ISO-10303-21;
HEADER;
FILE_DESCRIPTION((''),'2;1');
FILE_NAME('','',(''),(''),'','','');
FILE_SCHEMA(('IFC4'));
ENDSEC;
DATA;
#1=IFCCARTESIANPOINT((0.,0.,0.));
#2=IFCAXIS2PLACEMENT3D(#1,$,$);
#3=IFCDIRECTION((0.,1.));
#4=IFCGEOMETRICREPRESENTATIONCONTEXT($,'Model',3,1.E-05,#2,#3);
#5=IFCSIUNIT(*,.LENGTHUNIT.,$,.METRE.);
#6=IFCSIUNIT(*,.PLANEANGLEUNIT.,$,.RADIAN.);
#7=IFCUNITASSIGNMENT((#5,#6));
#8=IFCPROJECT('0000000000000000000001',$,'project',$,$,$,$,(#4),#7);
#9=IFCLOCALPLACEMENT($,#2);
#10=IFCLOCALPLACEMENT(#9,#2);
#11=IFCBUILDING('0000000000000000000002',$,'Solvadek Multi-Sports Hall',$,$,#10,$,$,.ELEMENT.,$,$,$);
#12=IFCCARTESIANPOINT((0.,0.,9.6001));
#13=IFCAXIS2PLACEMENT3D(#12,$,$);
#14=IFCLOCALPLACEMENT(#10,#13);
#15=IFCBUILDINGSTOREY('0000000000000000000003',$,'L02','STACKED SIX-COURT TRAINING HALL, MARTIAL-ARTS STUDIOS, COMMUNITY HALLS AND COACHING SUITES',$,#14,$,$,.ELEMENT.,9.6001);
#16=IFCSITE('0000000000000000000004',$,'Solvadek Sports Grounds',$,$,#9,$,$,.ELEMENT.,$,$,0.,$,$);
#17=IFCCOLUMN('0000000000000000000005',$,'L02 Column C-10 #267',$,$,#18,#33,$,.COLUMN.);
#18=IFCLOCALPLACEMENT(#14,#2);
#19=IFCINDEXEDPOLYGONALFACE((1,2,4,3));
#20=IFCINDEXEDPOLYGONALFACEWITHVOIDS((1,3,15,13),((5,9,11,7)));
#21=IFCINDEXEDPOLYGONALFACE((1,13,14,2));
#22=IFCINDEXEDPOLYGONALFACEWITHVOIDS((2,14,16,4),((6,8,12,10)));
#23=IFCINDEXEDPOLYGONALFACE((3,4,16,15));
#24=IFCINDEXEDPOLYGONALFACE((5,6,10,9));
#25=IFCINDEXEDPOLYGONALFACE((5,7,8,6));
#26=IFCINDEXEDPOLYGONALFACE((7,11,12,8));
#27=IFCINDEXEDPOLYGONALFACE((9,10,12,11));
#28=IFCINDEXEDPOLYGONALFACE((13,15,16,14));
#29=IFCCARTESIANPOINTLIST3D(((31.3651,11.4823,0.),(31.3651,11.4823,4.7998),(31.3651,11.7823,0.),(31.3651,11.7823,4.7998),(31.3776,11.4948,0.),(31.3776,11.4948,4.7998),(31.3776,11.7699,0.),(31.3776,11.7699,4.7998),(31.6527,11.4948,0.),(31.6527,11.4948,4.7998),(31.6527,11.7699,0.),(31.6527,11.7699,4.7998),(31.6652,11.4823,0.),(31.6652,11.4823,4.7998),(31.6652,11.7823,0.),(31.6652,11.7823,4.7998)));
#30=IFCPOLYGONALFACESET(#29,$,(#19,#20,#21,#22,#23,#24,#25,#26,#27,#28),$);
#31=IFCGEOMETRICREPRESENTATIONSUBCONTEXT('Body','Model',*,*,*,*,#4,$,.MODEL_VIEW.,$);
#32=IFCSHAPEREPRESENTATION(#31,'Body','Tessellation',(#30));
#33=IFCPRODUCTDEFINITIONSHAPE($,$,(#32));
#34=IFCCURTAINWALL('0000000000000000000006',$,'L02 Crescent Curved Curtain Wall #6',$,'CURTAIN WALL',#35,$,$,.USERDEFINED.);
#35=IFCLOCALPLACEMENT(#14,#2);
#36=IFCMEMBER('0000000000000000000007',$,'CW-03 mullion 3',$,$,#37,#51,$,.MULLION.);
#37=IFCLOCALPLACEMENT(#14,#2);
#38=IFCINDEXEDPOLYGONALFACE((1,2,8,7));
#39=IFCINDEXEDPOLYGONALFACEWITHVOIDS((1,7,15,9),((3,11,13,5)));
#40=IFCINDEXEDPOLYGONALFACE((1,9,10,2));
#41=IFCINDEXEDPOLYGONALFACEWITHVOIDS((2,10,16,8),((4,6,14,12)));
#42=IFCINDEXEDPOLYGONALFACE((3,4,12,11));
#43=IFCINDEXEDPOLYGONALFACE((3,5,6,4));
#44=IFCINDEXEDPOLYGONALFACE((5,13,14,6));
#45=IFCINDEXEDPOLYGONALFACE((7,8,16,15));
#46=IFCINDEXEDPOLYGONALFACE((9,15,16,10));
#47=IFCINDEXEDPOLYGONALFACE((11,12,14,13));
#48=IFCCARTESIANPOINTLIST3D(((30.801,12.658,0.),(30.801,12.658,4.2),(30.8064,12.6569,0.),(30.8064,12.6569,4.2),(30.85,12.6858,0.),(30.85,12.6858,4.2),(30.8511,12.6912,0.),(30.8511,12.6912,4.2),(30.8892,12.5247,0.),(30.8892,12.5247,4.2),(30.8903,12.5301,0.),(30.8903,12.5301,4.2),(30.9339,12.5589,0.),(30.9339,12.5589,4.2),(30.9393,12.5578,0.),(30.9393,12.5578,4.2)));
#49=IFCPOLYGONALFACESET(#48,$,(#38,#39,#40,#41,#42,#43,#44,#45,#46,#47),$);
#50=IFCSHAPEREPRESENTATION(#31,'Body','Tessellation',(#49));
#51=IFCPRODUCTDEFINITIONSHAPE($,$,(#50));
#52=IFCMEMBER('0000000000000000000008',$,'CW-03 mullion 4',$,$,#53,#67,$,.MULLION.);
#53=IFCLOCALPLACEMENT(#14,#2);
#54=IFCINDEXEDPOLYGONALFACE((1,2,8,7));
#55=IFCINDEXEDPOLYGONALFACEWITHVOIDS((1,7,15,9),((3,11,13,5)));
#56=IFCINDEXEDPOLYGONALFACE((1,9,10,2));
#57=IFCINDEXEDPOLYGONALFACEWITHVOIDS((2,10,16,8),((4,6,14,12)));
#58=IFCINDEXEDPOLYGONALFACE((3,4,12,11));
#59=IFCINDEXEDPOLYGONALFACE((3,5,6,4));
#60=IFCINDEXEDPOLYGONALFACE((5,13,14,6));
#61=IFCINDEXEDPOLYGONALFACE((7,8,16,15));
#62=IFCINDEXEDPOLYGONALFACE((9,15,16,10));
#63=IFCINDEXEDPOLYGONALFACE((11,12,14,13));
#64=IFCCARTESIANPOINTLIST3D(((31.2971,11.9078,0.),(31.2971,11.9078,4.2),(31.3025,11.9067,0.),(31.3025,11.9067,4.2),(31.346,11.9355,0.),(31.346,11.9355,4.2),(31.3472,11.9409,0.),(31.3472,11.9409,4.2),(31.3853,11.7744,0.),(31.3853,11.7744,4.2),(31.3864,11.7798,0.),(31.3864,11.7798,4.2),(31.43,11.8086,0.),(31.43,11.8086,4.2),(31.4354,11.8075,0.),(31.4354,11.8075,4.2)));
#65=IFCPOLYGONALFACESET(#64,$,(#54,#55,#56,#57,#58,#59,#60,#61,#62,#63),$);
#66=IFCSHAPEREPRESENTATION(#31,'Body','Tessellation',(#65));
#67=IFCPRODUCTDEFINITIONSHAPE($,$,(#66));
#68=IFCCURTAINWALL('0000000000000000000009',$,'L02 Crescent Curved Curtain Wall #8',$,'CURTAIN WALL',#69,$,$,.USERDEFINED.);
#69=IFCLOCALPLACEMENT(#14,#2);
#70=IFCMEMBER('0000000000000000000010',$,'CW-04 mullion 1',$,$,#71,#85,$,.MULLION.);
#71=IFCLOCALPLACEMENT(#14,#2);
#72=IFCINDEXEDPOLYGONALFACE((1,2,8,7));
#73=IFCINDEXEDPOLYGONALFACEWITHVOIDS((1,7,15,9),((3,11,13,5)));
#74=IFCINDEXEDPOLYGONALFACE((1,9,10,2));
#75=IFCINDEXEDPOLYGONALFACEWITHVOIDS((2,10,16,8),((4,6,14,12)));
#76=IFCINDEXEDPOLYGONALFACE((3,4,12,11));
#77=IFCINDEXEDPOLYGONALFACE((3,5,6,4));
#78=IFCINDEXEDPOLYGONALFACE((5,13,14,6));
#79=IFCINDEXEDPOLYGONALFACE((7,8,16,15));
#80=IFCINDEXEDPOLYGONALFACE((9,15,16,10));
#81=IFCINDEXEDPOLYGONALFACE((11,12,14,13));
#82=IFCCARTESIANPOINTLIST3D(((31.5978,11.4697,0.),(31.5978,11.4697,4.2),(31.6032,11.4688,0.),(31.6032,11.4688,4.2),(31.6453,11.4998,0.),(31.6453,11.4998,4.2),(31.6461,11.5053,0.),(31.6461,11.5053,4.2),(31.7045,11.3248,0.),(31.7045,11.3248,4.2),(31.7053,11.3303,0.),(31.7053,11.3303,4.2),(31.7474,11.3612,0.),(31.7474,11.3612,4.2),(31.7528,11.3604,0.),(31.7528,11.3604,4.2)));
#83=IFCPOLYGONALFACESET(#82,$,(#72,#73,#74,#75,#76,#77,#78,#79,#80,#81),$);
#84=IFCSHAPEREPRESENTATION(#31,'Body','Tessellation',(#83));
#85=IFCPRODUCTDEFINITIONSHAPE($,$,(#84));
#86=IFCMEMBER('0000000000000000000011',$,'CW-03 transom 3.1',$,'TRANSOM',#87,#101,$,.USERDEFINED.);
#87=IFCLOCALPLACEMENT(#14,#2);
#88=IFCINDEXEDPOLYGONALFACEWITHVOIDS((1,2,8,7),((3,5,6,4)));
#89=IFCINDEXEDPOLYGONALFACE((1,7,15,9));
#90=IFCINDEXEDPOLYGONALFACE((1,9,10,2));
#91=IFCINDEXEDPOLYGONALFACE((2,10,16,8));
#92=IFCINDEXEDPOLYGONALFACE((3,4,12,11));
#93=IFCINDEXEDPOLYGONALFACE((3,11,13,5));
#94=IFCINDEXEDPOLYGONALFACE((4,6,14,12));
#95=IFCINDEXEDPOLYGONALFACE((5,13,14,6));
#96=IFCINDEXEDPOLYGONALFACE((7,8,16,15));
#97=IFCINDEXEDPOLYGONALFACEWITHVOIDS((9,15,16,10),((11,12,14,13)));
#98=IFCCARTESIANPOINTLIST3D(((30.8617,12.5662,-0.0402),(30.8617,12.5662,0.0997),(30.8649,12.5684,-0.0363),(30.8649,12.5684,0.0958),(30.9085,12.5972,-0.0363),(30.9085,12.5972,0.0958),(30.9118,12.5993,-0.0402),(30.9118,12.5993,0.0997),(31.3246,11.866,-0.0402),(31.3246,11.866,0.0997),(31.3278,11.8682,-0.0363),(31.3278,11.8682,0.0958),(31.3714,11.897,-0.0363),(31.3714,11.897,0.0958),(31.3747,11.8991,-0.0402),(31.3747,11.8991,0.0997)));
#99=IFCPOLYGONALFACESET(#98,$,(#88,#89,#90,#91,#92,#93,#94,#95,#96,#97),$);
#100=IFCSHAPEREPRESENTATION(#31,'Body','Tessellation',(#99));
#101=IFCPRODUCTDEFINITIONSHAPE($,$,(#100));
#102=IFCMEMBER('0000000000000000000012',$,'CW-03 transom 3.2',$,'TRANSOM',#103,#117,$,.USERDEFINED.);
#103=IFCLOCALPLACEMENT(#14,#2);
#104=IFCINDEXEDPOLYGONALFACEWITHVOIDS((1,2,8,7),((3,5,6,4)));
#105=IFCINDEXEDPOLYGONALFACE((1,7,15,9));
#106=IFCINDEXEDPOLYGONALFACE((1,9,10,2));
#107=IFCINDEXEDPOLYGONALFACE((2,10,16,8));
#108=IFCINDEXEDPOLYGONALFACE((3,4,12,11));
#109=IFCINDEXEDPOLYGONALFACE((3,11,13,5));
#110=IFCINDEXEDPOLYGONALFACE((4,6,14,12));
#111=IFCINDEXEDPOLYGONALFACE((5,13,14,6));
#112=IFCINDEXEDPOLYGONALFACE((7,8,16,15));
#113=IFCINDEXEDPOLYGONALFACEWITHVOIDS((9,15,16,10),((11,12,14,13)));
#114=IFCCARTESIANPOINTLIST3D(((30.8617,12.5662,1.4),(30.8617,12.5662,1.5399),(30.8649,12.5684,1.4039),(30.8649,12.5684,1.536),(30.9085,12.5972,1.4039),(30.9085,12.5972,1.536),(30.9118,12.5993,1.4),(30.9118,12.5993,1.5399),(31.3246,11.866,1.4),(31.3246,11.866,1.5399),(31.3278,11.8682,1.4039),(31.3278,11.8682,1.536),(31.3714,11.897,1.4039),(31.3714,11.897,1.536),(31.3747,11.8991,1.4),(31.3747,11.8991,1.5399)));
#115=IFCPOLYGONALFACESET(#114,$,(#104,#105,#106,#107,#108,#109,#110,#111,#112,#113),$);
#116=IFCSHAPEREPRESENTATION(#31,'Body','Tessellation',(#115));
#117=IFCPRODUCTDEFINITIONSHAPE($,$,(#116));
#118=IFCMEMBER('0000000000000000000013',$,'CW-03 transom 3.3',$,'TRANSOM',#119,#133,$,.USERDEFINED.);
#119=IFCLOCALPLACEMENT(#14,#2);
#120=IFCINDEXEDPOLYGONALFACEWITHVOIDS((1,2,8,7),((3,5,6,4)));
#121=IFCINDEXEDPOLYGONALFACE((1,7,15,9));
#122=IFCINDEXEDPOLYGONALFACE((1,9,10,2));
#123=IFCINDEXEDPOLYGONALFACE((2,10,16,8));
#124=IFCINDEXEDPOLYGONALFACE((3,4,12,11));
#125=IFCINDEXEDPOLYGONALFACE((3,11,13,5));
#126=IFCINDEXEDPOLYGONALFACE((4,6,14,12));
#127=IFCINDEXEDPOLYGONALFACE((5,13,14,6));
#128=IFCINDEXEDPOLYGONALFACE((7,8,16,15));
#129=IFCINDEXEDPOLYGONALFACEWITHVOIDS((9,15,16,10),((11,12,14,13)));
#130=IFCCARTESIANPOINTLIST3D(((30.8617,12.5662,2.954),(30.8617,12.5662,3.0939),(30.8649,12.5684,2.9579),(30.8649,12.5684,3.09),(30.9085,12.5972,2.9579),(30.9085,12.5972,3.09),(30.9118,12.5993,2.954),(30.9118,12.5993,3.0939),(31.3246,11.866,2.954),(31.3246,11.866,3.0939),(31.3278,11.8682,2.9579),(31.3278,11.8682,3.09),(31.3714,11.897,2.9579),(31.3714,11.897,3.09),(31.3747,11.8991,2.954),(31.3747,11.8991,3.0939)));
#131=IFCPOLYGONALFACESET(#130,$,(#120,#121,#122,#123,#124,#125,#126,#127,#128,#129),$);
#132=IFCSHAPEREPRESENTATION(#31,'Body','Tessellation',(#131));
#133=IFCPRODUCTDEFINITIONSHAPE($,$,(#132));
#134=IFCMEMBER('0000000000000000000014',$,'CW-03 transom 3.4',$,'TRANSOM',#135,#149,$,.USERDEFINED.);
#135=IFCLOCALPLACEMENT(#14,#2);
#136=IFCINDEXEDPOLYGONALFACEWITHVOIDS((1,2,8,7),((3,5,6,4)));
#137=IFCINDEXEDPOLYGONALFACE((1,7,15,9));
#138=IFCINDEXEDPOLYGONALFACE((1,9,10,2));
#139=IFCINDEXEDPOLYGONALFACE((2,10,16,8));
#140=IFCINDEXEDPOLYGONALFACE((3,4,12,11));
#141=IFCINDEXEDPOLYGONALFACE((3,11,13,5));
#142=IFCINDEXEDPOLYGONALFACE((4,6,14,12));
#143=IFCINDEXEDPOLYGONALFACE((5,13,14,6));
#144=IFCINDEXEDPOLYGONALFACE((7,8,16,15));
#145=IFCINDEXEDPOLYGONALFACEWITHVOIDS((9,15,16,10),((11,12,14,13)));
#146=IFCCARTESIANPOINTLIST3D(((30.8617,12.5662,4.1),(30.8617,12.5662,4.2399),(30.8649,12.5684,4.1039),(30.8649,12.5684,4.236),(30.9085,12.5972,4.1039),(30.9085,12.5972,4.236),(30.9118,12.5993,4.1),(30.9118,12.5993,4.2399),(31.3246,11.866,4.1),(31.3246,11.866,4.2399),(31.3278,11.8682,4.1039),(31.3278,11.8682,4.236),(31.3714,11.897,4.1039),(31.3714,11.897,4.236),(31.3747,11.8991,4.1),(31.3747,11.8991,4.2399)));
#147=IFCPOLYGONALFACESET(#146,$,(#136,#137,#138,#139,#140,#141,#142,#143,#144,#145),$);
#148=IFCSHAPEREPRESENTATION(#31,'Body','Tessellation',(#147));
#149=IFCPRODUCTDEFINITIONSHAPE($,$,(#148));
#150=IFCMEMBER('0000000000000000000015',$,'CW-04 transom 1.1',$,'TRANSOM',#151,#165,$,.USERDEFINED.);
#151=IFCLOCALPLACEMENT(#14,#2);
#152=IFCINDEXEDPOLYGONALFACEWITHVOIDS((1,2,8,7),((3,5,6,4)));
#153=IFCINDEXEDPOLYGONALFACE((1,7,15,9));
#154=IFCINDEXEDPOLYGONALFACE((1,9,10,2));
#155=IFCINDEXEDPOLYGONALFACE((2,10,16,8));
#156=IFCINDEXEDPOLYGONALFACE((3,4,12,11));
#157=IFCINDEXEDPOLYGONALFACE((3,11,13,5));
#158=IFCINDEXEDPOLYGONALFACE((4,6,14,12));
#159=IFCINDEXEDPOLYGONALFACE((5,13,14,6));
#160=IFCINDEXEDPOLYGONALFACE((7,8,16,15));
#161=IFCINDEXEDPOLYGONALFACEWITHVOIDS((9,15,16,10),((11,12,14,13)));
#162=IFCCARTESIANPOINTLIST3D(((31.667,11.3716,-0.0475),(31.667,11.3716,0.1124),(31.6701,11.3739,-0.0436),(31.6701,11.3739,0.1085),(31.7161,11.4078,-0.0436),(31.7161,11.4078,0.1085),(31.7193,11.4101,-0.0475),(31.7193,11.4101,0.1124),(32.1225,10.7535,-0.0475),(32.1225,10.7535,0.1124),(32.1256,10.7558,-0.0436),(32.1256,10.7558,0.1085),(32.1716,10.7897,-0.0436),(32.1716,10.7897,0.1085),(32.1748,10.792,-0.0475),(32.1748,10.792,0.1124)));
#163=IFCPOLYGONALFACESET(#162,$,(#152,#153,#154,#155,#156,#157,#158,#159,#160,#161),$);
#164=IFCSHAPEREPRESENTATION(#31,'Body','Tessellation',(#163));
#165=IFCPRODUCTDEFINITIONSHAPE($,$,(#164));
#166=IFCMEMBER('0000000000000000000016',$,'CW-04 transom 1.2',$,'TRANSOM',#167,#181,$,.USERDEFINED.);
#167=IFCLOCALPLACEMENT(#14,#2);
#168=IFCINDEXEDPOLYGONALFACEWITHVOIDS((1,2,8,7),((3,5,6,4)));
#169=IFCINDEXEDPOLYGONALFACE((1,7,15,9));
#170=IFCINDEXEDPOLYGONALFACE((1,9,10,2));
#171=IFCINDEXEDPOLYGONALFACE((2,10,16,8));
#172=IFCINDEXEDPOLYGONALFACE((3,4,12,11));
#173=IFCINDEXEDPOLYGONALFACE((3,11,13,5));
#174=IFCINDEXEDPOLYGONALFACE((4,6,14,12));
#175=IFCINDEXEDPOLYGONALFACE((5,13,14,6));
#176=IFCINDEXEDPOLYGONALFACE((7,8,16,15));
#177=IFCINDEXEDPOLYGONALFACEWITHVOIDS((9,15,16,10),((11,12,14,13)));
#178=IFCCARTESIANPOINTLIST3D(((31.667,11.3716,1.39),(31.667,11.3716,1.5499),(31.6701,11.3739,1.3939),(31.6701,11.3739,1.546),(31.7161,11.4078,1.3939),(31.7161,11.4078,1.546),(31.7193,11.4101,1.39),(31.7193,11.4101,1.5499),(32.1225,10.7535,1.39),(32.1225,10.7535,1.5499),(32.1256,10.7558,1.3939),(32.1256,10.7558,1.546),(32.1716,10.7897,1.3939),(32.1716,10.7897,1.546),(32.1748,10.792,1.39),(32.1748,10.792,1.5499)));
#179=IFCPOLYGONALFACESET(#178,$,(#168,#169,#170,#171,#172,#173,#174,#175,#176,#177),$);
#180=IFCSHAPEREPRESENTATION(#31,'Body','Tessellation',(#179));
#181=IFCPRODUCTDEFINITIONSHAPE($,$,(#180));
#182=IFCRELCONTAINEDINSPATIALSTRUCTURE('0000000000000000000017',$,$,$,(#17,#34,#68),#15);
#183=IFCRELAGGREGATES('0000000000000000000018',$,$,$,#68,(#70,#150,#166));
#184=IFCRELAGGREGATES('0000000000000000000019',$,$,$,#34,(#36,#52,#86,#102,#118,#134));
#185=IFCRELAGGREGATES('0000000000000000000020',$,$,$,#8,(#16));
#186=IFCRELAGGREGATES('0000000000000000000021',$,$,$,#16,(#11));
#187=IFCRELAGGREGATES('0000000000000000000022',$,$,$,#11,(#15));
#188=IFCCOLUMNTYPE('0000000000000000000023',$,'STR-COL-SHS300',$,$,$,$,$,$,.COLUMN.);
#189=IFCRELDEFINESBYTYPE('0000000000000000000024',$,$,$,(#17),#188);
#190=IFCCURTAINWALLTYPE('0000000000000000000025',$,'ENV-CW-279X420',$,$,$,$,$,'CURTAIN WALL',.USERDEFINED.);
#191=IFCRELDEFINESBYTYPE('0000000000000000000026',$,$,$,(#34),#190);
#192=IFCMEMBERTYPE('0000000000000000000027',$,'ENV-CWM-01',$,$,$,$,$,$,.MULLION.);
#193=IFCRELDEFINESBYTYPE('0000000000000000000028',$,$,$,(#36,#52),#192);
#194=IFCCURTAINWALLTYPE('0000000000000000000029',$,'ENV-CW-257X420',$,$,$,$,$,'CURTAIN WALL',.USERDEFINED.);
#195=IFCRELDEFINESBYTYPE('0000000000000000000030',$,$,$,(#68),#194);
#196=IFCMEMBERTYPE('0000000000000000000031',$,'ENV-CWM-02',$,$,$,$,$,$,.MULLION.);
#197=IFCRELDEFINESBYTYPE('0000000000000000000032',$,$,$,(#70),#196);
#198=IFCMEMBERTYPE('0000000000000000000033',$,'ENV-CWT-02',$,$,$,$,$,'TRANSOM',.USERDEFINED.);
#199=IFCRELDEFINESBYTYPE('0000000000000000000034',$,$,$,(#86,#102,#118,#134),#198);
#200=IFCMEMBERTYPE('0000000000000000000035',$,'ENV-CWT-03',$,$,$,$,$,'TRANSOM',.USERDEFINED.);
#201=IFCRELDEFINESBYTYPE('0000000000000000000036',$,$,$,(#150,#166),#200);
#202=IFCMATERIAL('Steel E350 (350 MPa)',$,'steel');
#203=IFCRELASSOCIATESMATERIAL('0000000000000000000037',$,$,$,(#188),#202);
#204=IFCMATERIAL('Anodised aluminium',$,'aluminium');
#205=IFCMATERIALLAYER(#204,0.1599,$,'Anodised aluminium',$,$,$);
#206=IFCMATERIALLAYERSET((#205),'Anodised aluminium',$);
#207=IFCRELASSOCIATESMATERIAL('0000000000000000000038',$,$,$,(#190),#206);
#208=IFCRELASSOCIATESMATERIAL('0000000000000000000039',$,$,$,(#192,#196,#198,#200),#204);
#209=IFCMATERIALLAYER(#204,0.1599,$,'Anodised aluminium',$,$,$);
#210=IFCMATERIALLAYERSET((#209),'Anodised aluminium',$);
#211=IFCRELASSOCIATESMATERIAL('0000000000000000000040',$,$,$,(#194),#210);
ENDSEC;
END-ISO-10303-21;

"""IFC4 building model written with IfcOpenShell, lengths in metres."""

from ifc_helpers import new_model, si_unit, direction, frame, origin, origin_2d, place, context, subcontext, project, spatial, hollow_rectangle, extrude, material, layer, layer_set, material_profile, profile_set, type_object, element, aggregate, save


model = new_model("IFC4")

# Units and contexts
model_context = context("Model", 3, precision=1e-05, world=origin(), true_north=direction((0.0, 1.0)))
body_context = subcontext(model_context, "Body", "Model", "MODEL_VIEW")
ifc_project = project(units=[si_unit("LENGTHUNIT", "METRE"), si_unit("PLANEANGLEUNIT", "RADIAN")], contexts=[model_context])

# Site, building, storey
site_placement = place(None, origin())
site = spatial("IfcSite", under=ifc_project, at=site_placement, Name="Solvadek Sports Grounds", CompositionType="ELEMENT", RefElevation=0.0)
building_placement = place(site_placement, origin())
building = spatial("IfcBuilding", under=site, at=building_placement, Name="Solvadek Multi-Sports Hall", CompositionType="ELEMENT")
storey_placement = place(building_placement, frame((0.0, 0.0, 9.6001)))
storey = spatial("IfcBuildingStorey", under=building, at=storey_placement, Name="L02", Description="STACKED SIX-COURT TRAINING HALL, MARTIAL-ARTS STUDIOS, COMMUNITY HALLS AND COACHING SUITES", CompositionType="ELEMENT", Elevation=9.6001)

# Column
ifc_material_1 = material(Name="Steel E350 (350 MPa)", Category="steel")
ifc_material_profile_1 = material_profile(ifc_material_1, hollow_rectangle(XDim=0.3, YDim=0.3, WallThickness=0.0125, at=origin_2d()), Name="SHS 300x300x12.5")
ifc_profile_set_1 = profile_set([ifc_material_profile_1], Name="Steel E350 (350 MPa)")
column_type = type_object("IfcColumnType", Name="STR-COL-SHS300", PredefinedType="COLUMN", material=ifc_profile_set_1)
column_placement = place(storey_placement, frame((31.5151, 11.6323, 0.0), z_axis=(0.0, 0.0, 1.0), x_axis=(1.0, 0.0, 0.0)))
element("IfcColumn", 1, at=column_placement, inside=storey, type_object=column_type, Name="L02 Column C-10 #267", PredefinedType="COLUMN", context=body_context, shape_type="SweptSolid", body=[
    extrude(hollow_rectangle(XDim=0.3, YDim=0.3, WallThickness=0.0125, at=origin_2d()), origin(), (0.0, 0.0, 1.0), 4.7998),
])

# Curtain wall, members
ifc_material_2 = material(Name="Anodised aluminium", Category="aluminium")
ifc_layer_1 = layer(ifc_material_2, 0.1599, Name="Anodised aluminium")
ifc_layer_set_1 = layer_set([ifc_layer_1], Name="Anodised aluminium")
curtain_wall_type_1 = type_object("IfcCurtainWallType", Name="ENV-CW-279X420", ElementType="CURTAIN WALL", PredefinedType="USERDEFINED", material=ifc_layer_set_1)
curtain_wall_1_placement = place(storey_placement, origin())
curtain_wall_1 = element("IfcCurtainWall", 2, at=curtain_wall_1_placement, inside=storey, type_object=curtain_wall_type_1, Name="L02 Crescent Curved Curtain Wall #6", ObjectType="CURTAIN WALL", PredefinedType="USERDEFINED")
ifc_material_profile_2 = material_profile(ifc_material_2, hollow_rectangle(XDim=0.0601, YDim=0.1599, WallThickness=0.0039, at=origin_2d()), Name="ALU-M 160x60x4")
ifc_profile_set_2 = profile_set([ifc_material_profile_2], Name="Anodised aluminium")
member_type_1 = type_object("IfcMemberType", Name="ENV-CWM-01", PredefinedType="MULLION", material=ifc_profile_set_2)
member_1_placement = place(storey_placement, frame((30.8701, 12.6079, 0.0), z_axis=(0.0, 0.0, 1.0), x_axis=(0.834097, 0.551617, 0.0)))
member_1 = element("IfcMember", 3, at=member_1_placement, type_object=member_type_1, Name="CW-03 mullion 3", PredefinedType="MULLION", context=body_context, shape_type="SweptSolid", body=[
    extrude(hollow_rectangle(XDim=0.0601, YDim=0.1599, WallThickness=0.0039, at=origin_2d()), origin(), (0.0, 0.0, 1.0), 4.2),
])
member_2_placement = place(storey_placement, frame((31.3662, 11.8577, 0.0), z_axis=(0.0, 0.0, 1.0), x_axis=(0.834097, 0.551617, 0.0)))
member_2 = element("IfcMember", 4, at=member_2_placement, type_object=member_type_1, Name="CW-03 mullion 4", PredefinedType="MULLION", context=body_context, shape_type="SweptSolid", body=[
    extrude(hollow_rectangle(XDim=0.0601, YDim=0.1599, WallThickness=0.0039, at=origin_2d()), origin(), (0.0, 0.0, 1.0), 4.2),
])

# Curtain wall, member
ifc_layer_2 = layer(ifc_material_2, 0.1599, Name="Anodised aluminium")
ifc_layer_set_2 = layer_set([ifc_layer_2], Name="Anodised aluminium")
curtain_wall_type_2 = type_object("IfcCurtainWallType", Name="ENV-CW-257X420", ElementType="CURTAIN WALL", PredefinedType="USERDEFINED", material=ifc_layer_set_2)
curtain_wall_2_placement = place(storey_placement, origin())
curtain_wall_2 = element("IfcCurtainWall", 5, at=curtain_wall_2_placement, inside=storey, type_object=curtain_wall_type_2, Name="L02 Crescent Curved Curtain Wall #8", ObjectType="CURTAIN WALL", PredefinedType="USERDEFINED")
ifc_material_profile_3 = material_profile(ifc_material_2, hollow_rectangle(XDim=0.0601, YDim=0.1799, WallThickness=0.0039, at=origin_2d()), Name="ALU-M 180x60x4")
ifc_profile_set_3 = profile_set([ifc_material_profile_3], Name="Anodised aluminium")
member_type_2 = type_object("IfcMemberType", Name="ENV-CWM-02", PredefinedType="MULLION", material=ifc_profile_set_3)
member_3_placement = place(storey_placement, frame((31.6753, 11.415, 0.0), z_axis=(0.0, 0.0, 1.0), x_axis=(0.80509, 0.593153, 0.0)))
member_3 = element("IfcMember", 6, at=member_3_placement, type_object=member_type_2, Name="CW-04 mullion 1", PredefinedType="MULLION", context=body_context, shape_type="SweptSolid", body=[
    extrude(hollow_rectangle(XDim=0.0601, YDim=0.1799, WallThickness=0.0039, at=origin_2d()), origin(), (0.0, 0.0, 1.0), 4.2),
])

# Members
ifc_material_profile_4 = material_profile(ifc_material_2, hollow_rectangle(XDim=0.0601, YDim=0.1399, WallThickness=0.0039, at=origin_2d()), Name="ALU-T 140x60x4")
ifc_profile_set_4 = profile_set([ifc_material_profile_4], Name="Anodised aluminium")
member_type_3 = type_object("IfcMemberType", Name="ENV-CWT-02", ElementType="TRANSOM", PredefinedType="USERDEFINED", material=ifc_profile_set_4)
member_4_placement = place(storey_placement, frame((30.8867, 12.5828, 0.0298), z_axis=(0.551474, -0.834192, 0.0), x_axis=(0.834192, 0.551474, 0.0)))
member_4 = element("IfcMember", 7, at=member_4_placement, type_object=member_type_3, Name="CW-03 transom 3.1", ObjectType="TRANSOM", PredefinedType="USERDEFINED", context=body_context, shape_type="SweptSolid", body=[
    extrude(hollow_rectangle(XDim=0.0601, YDim=0.1399, WallThickness=0.0039, at=origin_2d()), origin(), (0.0, 0.0, 1.0), 0.8394),
])
member_5_placement = place(storey_placement, frame((30.8867, 12.5828, 1.47), z_axis=(0.551474, -0.834192, 0.0), x_axis=(0.834192, 0.551474, 0.0)))
member_5 = element("IfcMember", 8, at=member_5_placement, type_object=member_type_3, Name="CW-03 transom 3.2", ObjectType="TRANSOM", PredefinedType="USERDEFINED", context=body_context, shape_type="SweptSolid", body=[
    extrude(hollow_rectangle(XDim=0.0601, YDim=0.1399, WallThickness=0.0039, at=origin_2d()), origin(), (0.0, 0.0, 1.0), 0.8394),
])
member_6_placement = place(storey_placement, frame((30.8867, 12.5828, 3.0239), z_axis=(0.551474, -0.834192, 0.0), x_axis=(0.834192, 0.551474, 0.0)))
member_6 = element("IfcMember", 9, at=member_6_placement, type_object=member_type_3, Name="CW-03 transom 3.3", ObjectType="TRANSOM", PredefinedType="USERDEFINED", context=body_context, shape_type="SweptSolid", body=[
    extrude(hollow_rectangle(XDim=0.0601, YDim=0.1399, WallThickness=0.0039, at=origin_2d()), origin(), (0.0, 0.0, 1.0), 0.8394),
])
member_7_placement = place(storey_placement, frame((30.8867, 12.5828, 4.1699), z_axis=(0.551474, -0.834192, 0.0), x_axis=(0.834192, 0.551474, 0.0)))
member_7 = element("IfcMember", 10, at=member_7_placement, type_object=member_type_3, Name="CW-03 transom 3.4", ObjectType="TRANSOM", PredefinedType="USERDEFINED", context=body_context, shape_type="SweptSolid", body=[
    extrude(hollow_rectangle(XDim=0.0601, YDim=0.1399, WallThickness=0.0039, at=origin_2d()), origin(), (0.0, 0.0, 1.0), 0.8394),
])
ifc_material_profile_5 = material_profile(ifc_material_2, hollow_rectangle(XDim=0.0649, YDim=0.1599, WallThickness=0.0039, at=origin_2d()), Name="ALU-T 160x65x4")
ifc_profile_set_5 = profile_set([ifc_material_profile_5], Name="Anodised aluminium")
member_type_4 = type_object("IfcMemberType", Name="ENV-CWT-03", ElementType="TRANSOM", PredefinedType="USERDEFINED", material=ifc_profile_set_5)
member_8_placement = place(storey_placement, frame((31.6931, 11.3909, 0.0325), z_axis=(0.593264, -0.805008, 0.0), x_axis=(0.805008, 0.593264, 0.0)))
member_8 = element("IfcMember", 11, at=member_8_placement, type_object=member_type_4, Name="CW-04 transom 1.1", ObjectType="TRANSOM", PredefinedType="USERDEFINED", context=body_context, shape_type="SweptSolid", body=[
    extrude(hollow_rectangle(XDim=0.0649, YDim=0.1599, WallThickness=0.0039, at=origin_2d()), origin(), (0.0, 0.0, 1.0), 0.7678),
])
member_9_placement = place(storey_placement, frame((31.6931, 11.3909, 1.47), z_axis=(0.593264, -0.805008, 0.0), x_axis=(0.805008, 0.593264, 0.0)))
member_9 = element("IfcMember", 12, at=member_9_placement, type_object=member_type_4, Name="CW-04 transom 1.2", ObjectType="TRANSOM", PredefinedType="USERDEFINED", context=body_context, shape_type="SweptSolid", body=[
    extrude(hollow_rectangle(XDim=0.0649, YDim=0.1599, WallThickness=0.0039, at=origin_2d()), origin(), (0.0, 0.0, 1.0), 0.7678),
])
aggregate(curtain_wall_2, [member_3, member_8, member_9])

aggregate(curtain_wall_1, [member_1, member_2, member_4, member_5, member_6, member_7])

save(model, "model.ifc")
